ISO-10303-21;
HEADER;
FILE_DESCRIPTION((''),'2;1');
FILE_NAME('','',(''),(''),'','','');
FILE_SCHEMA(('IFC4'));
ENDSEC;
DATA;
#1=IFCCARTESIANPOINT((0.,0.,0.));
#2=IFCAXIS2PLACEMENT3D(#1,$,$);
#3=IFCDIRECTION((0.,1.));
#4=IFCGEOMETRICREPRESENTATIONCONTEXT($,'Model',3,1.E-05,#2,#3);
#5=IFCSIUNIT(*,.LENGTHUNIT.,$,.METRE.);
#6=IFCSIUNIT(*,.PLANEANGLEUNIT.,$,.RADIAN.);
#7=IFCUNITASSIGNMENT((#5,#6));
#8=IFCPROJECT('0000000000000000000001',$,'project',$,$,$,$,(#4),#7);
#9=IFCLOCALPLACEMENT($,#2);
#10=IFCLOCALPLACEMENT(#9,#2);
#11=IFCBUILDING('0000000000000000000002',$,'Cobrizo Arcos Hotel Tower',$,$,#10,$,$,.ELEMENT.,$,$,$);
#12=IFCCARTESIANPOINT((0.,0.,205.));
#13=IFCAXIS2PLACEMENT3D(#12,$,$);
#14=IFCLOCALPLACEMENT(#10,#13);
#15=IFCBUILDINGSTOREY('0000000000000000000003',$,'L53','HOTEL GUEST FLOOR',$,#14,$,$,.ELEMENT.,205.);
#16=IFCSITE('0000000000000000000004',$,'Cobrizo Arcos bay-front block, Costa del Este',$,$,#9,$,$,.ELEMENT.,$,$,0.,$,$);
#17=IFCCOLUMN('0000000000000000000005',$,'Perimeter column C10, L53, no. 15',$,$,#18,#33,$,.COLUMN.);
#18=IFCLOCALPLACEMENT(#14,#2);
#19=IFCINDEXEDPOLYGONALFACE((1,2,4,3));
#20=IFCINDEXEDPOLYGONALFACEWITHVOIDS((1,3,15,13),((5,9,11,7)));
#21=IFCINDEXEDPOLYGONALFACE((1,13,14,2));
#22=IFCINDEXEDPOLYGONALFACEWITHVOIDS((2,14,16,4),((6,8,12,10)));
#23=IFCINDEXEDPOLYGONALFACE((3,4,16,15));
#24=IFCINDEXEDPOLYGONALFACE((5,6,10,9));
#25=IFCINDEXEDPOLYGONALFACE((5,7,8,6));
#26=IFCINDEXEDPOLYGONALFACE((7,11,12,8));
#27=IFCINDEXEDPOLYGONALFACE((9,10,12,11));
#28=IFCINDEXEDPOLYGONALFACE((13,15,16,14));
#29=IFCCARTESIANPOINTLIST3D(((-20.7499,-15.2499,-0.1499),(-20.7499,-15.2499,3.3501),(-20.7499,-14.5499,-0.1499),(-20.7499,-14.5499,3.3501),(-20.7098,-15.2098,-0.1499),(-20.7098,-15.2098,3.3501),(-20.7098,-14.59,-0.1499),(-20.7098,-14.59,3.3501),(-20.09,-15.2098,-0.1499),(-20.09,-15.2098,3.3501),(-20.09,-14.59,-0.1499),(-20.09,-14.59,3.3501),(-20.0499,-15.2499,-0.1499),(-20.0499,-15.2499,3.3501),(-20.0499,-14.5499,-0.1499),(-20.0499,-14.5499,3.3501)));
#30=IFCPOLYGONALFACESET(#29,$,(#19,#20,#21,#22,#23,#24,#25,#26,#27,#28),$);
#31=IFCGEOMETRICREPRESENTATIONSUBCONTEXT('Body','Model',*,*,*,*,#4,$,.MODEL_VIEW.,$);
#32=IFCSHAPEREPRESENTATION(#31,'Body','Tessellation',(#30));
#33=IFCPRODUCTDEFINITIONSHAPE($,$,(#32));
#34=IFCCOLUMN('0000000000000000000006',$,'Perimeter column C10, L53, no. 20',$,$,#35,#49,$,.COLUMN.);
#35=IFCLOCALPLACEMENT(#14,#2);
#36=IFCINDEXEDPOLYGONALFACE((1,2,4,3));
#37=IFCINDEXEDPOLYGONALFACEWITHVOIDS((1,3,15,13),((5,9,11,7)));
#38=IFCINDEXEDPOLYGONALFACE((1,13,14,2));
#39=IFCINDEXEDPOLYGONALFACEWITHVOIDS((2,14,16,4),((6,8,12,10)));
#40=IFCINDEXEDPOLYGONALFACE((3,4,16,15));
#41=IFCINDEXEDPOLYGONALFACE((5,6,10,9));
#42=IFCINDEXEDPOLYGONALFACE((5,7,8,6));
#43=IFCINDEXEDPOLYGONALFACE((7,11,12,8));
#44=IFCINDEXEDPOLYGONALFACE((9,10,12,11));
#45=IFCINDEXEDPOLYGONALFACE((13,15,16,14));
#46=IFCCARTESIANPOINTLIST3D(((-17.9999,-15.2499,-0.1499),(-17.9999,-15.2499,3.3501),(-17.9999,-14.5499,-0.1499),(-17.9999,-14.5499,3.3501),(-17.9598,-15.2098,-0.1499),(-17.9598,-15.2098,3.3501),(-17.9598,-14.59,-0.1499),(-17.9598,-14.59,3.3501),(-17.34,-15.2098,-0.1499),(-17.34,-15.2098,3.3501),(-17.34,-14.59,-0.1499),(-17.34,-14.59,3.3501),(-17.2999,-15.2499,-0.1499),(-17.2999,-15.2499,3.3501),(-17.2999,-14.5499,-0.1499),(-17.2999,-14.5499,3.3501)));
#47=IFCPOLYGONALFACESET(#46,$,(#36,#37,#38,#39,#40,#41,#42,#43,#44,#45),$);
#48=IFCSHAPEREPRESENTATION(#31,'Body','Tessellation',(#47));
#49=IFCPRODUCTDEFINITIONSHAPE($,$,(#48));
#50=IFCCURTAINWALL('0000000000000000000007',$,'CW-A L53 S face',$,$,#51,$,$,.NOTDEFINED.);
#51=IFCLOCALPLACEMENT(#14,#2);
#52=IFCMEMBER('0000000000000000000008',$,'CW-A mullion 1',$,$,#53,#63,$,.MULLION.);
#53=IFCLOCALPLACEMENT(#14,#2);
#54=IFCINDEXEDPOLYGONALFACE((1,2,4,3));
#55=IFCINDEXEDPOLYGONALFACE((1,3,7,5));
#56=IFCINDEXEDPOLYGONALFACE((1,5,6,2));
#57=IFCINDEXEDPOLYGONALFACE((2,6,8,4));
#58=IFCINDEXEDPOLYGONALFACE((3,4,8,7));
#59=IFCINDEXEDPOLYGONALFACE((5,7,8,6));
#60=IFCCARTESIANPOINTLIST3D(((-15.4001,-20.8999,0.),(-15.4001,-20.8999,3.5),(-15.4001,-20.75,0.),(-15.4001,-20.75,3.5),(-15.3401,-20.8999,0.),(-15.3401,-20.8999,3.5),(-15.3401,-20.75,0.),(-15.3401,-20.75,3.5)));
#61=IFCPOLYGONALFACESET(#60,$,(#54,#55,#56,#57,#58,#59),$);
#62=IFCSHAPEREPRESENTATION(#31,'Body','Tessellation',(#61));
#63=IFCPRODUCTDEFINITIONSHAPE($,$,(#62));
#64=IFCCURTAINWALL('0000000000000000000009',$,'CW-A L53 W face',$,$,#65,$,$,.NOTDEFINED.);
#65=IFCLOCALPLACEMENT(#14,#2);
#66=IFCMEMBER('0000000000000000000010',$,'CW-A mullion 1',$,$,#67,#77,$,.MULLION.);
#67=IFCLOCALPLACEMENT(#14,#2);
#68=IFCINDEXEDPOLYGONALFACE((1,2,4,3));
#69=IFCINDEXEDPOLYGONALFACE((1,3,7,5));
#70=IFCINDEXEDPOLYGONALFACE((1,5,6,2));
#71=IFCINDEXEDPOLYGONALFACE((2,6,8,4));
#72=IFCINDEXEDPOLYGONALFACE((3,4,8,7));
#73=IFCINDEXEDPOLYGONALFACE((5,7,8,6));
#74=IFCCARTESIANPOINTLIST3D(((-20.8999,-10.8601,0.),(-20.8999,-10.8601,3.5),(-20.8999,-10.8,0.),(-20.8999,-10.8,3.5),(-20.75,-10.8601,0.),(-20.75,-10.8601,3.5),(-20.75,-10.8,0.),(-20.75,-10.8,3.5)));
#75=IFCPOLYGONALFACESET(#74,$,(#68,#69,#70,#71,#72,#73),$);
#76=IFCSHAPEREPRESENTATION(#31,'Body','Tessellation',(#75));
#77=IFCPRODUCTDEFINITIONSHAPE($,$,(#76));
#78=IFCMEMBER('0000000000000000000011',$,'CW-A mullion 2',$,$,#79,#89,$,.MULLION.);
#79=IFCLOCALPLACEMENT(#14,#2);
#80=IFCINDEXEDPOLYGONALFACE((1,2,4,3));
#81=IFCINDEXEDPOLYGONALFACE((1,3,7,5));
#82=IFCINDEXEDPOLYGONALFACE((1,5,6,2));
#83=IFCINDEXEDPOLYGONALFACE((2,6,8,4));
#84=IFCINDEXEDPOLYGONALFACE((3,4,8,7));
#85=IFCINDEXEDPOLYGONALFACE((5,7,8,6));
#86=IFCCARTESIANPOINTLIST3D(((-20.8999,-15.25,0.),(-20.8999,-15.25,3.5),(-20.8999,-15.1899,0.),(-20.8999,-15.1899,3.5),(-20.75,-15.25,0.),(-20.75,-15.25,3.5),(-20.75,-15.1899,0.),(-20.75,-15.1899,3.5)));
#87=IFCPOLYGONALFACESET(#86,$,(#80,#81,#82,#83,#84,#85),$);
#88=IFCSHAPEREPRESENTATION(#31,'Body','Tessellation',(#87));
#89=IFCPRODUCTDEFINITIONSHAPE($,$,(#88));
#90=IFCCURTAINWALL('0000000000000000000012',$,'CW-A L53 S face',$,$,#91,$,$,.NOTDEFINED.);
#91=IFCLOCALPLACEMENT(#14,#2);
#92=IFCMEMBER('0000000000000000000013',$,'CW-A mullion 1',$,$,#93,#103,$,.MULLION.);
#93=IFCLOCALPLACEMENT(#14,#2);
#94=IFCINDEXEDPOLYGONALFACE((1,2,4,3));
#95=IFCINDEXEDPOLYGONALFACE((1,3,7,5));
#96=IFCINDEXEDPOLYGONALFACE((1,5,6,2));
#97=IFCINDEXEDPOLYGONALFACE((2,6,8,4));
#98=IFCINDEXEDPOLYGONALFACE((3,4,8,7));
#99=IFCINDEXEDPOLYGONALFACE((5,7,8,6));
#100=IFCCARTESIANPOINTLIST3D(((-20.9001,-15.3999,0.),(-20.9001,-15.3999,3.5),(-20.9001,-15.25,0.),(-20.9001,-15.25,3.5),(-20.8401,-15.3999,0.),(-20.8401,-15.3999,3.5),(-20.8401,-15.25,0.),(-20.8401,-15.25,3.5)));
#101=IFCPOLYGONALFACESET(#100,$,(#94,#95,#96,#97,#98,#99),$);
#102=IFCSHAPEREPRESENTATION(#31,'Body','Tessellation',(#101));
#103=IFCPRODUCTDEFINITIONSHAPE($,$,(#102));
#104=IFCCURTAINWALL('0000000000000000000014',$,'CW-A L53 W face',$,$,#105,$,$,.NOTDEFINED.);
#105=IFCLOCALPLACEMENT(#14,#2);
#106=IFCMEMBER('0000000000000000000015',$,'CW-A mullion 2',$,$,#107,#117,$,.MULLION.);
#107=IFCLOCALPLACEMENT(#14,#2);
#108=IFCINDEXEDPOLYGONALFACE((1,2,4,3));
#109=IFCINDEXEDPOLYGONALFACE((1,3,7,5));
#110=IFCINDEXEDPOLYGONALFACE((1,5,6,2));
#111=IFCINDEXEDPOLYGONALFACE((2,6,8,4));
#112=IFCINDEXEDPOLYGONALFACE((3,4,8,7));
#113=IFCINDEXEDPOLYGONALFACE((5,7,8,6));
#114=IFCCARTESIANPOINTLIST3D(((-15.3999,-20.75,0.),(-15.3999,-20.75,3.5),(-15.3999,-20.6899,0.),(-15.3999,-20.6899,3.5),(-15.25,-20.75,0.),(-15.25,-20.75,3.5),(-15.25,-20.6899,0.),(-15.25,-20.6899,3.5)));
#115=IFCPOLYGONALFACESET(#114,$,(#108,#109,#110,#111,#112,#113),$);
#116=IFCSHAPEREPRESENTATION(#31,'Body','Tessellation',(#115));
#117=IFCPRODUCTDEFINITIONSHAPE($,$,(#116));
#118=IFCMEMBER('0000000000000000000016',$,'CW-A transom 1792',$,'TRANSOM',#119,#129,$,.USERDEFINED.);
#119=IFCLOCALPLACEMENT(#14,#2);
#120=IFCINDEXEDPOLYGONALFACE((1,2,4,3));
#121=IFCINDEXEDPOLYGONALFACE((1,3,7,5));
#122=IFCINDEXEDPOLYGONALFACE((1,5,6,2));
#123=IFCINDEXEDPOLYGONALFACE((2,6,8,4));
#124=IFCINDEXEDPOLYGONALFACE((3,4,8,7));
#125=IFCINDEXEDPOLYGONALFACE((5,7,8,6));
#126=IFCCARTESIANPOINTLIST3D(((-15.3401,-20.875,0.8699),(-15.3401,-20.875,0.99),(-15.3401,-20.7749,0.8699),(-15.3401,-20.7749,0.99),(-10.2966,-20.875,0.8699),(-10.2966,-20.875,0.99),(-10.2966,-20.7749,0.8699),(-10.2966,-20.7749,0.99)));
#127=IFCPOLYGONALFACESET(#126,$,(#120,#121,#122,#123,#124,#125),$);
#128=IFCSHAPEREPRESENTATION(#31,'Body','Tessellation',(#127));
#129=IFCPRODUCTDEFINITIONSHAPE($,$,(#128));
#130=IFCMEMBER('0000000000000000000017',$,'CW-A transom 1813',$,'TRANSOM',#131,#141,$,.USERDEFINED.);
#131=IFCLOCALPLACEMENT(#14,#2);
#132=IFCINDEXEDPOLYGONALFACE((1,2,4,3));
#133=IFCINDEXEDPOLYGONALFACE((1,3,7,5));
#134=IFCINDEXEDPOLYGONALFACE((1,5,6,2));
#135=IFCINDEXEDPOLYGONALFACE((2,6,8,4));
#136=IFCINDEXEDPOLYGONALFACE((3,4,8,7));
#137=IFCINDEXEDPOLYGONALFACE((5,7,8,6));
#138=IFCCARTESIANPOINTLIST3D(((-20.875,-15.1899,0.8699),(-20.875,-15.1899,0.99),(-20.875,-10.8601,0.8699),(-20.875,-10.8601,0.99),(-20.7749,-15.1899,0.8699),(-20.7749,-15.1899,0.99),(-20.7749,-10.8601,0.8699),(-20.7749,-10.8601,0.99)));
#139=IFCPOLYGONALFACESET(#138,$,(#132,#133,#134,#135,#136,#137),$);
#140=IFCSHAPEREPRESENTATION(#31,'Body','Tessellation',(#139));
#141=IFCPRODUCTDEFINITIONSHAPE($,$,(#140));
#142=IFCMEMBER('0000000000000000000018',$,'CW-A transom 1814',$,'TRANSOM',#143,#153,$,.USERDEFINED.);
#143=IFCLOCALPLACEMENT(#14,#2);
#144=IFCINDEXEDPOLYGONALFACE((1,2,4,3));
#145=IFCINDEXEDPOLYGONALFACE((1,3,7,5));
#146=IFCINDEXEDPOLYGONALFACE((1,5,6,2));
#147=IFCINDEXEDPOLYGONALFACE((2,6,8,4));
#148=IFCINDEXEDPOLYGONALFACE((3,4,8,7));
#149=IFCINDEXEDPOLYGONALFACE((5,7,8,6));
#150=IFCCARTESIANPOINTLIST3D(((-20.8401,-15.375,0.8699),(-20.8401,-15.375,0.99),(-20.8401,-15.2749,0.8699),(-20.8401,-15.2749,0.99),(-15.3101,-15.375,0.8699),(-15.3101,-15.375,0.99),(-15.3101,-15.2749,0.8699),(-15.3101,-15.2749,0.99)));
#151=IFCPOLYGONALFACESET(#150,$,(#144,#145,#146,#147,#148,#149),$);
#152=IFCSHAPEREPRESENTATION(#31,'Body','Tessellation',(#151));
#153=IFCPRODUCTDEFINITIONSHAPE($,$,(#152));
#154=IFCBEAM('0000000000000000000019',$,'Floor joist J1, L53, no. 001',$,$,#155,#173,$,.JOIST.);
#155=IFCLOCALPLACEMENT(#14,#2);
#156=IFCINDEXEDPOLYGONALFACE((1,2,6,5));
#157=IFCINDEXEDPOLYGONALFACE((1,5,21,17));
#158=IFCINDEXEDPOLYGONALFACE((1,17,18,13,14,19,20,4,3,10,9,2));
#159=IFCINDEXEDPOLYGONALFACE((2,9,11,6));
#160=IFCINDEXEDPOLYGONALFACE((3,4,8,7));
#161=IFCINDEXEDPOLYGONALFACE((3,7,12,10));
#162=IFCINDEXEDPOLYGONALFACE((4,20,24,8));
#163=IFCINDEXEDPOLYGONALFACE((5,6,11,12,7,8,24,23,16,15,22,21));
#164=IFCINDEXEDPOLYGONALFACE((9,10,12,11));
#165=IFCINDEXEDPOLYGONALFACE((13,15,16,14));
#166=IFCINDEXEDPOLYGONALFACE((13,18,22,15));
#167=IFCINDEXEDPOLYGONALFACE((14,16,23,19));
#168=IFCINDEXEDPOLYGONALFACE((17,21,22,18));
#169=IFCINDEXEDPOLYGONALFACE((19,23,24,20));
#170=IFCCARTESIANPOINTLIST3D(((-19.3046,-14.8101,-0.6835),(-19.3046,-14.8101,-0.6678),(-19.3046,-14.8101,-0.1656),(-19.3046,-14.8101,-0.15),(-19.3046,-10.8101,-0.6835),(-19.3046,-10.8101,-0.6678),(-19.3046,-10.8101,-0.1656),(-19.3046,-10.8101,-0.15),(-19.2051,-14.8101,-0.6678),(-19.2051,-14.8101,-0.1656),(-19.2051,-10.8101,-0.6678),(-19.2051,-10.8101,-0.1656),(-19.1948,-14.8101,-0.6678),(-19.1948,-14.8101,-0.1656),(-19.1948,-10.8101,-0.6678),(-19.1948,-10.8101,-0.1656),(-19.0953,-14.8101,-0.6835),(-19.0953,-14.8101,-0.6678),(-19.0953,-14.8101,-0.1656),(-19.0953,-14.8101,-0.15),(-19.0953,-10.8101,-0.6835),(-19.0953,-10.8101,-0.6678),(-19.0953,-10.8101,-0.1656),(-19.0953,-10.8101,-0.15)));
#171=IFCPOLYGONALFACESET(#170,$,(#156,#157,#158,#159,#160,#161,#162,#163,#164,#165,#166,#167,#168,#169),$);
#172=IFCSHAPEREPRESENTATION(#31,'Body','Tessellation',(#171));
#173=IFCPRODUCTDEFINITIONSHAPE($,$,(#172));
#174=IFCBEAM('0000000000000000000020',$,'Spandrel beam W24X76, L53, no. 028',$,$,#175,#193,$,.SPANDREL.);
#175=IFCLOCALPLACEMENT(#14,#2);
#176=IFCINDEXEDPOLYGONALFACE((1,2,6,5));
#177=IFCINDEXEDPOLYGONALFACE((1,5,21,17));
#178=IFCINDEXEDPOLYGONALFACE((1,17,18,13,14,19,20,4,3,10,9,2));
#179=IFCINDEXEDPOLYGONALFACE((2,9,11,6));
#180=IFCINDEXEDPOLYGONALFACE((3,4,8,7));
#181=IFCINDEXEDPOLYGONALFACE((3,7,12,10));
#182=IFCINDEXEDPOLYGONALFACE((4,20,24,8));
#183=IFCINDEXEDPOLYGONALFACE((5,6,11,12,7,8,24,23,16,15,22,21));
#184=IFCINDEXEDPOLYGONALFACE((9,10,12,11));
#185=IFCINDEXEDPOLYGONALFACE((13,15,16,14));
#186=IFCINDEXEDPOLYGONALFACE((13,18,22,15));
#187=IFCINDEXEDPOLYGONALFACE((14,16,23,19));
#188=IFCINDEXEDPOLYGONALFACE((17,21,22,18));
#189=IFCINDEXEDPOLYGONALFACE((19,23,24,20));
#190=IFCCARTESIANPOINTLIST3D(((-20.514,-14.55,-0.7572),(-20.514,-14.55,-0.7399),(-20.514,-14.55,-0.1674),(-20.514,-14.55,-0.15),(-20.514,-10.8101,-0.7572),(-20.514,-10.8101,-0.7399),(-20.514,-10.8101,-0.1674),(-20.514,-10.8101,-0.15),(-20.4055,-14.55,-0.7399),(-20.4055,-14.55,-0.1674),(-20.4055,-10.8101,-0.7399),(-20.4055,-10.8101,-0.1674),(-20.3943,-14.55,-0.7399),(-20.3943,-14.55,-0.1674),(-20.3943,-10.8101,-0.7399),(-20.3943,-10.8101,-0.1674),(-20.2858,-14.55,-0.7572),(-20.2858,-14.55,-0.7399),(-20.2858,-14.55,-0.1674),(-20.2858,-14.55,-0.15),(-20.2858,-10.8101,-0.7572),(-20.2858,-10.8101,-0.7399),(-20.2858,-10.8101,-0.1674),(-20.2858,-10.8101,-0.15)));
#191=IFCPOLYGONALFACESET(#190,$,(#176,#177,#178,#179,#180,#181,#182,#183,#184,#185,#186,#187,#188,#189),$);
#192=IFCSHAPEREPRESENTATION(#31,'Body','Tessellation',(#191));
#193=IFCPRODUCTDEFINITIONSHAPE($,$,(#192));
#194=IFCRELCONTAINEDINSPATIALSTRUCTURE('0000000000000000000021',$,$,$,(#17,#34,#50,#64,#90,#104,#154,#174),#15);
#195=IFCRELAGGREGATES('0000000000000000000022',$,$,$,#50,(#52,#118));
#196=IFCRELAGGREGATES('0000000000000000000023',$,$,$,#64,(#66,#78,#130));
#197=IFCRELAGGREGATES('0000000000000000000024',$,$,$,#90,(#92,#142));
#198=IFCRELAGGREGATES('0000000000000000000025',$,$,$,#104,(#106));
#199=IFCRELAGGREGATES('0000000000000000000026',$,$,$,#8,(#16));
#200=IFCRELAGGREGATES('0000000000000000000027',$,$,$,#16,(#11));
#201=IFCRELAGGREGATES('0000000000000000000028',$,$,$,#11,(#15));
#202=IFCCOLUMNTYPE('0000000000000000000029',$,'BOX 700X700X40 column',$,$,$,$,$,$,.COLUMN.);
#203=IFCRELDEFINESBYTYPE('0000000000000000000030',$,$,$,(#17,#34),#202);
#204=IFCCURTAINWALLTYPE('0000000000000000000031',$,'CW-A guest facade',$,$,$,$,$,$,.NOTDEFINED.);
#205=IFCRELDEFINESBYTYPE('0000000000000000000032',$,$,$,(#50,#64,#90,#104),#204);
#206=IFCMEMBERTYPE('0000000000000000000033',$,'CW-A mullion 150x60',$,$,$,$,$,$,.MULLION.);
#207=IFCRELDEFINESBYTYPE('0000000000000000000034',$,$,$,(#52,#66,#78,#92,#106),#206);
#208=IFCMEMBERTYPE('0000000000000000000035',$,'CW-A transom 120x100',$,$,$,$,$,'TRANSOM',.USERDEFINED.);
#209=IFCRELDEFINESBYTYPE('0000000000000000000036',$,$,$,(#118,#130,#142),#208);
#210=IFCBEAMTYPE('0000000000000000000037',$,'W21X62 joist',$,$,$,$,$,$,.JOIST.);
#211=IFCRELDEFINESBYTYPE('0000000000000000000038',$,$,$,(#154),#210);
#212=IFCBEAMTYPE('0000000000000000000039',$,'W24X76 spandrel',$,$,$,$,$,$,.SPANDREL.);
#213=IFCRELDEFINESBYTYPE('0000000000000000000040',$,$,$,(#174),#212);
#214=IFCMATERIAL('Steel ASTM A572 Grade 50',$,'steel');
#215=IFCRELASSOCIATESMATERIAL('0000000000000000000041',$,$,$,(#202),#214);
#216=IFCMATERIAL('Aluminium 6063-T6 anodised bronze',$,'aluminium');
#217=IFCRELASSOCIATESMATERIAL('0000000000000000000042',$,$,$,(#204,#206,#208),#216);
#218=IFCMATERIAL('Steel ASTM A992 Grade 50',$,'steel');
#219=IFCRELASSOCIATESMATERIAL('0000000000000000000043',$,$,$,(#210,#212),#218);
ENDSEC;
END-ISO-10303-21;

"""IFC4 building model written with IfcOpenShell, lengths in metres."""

from ifc_helpers import new_model, si_unit, direction, frame, origin, origin_2d, place, context, subcontext, project, spatial, rectangle, hollow_rectangle, i_section, extrude, material, material_profile, profile_set, type_object, element, aggregate, save


model = new_model("IFC4")

# Units and contexts
model_context = context("Model", 3, precision=1e-05, world=origin(), true_north=direction((0.0, 1.0)))
body_context = subcontext(model_context, "Body", "Model", "MODEL_VIEW")
ifc_project = project(units=[si_unit("LENGTHUNIT", "METRE"), si_unit("PLANEANGLEUNIT", "RADIAN")], contexts=[model_context])

# Site, building, storey
site_placement = place(None, origin())
site = spatial("IfcSite", under=ifc_project, at=site_placement, Name="Cobrizo Arcos bay-front block, Costa del Este", CompositionType="ELEMENT", RefElevation=0.0)
building_placement = place(site_placement, origin())
building = spatial("IfcBuilding", under=site, at=building_placement, Name="Cobrizo Arcos Hotel Tower", CompositionType="ELEMENT")
storey_placement = place(building_placement, frame((0.0, 0.0, 205.0)))
storey = spatial("IfcBuildingStorey", under=building, at=storey_placement, Name="L53", Description="HOTEL GUEST FLOOR", CompositionType="ELEMENT", Elevation=205.0)

# Columns
ifc_material_1 = material(Name="Steel ASTM A572 Grade 50", Category="steel")
ifc_material_profile_1 = material_profile(ifc_material_1, hollow_rectangle(XDim=0.7, YDim=0.7, WallThickness=0.04, at=origin_2d()), Name="BOX 700X700X40")
ifc_profile_set_1 = profile_set([ifc_material_profile_1], Name="Steel ASTM A572 Grade 50")
column_type = type_object("IfcColumnType", Name="BOX 700X700X40 column", PredefinedType="COLUMN", material=ifc_profile_set_1)
for number, where, z_axis, x_axis, name in (
    (1, (-20.3999, -14.8999, -0.1499), (0.0, 0.0, 1.0), (1.0, 0.0, 0.0), "Perimeter column C10, L53, no. 15"),
    (2, (-17.6499, -14.8999, -0.1499), (0.0, 0.0, 1.0), (1.0, 0.0, 0.0), "Perimeter column C10, L53, no. 20"),
):
    element("IfcColumn", number, at=place(storey_placement, frame(where, z_axis=z_axis, x_axis=x_axis)), inside=storey, type_object=column_type, Name=name, PredefinedType="COLUMN", context=body_context, shape_type="SweptSolid", body=[
        extrude(hollow_rectangle(XDim=0.7, YDim=0.7, WallThickness=0.04, at=origin_2d()), origin(), (0.0, 0.0, 1.0), 3.5),
    ])

# Curtain wall, member
ifc_material_2 = material(Name="Aluminium 6063-T6 anodised bronze", Category="aluminium")
curtain_wall_type = type_object("IfcCurtainWallType", Name="CW-A guest facade", PredefinedType="NOTDEFINED", material=ifc_material_2)
curtain_wall_1_placement = place(storey_placement, origin())
curtain_wall_1 = element("IfcCurtainWall", 3, at=curtain_wall_1_placement, inside=storey, type_object=curtain_wall_type, Name="CW-A L53 S face", PredefinedType="NOTDEFINED")
ifc_material_profile_2 = material_profile(ifc_material_2, rectangle(XDim=0.1499, YDim=0.0601, at=origin_2d()), Name="CW-A mullion 150x60")
ifc_profile_set_2 = profile_set([ifc_material_profile_2], Name="Aluminium 6063-T6 anodised bronze")
member_type_1 = type_object("IfcMemberType", Name="CW-A mullion 150x60", PredefinedType="MULLION", material=ifc_profile_set_2)
member_1_placement = place(storey_placement, frame((-15.3701, -20.825, 0.0), z_axis=(0.0, 0.0, 1.0), x_axis=(0.0, -1.0, 0.0)))
member_1 = element("IfcMember", 4, at=member_1_placement, type_object=member_type_1, Name="CW-A mullion 1", PredefinedType="MULLION", context=body_context, shape_type="SweptSolid", body=[
    extrude(rectangle(XDim=0.1499, YDim=0.0601, at=origin_2d()), origin(), (0.0, 0.0, 1.0), 3.5),
])

# Curtain wall, members
curtain_wall_2_placement = place(storey_placement, origin())
curtain_wall_2 = element("IfcCurtainWall", 5, at=curtain_wall_2_placement, inside=storey, type_object=curtain_wall_type, Name="CW-A L53 W face", PredefinedType="NOTDEFINED")
member_2_placement = place(storey_placement, frame((-20.825, -10.8301, 0.0), z_axis=(0.0, 0.0, 1.0), x_axis=(-1.0, 0.0, 0.0)))
member_2 = element("IfcMember", 6, at=member_2_placement, type_object=member_type_1, Name="CW-A mullion 1", PredefinedType="MULLION", context=body_context, shape_type="SweptSolid", body=[
    extrude(rectangle(XDim=0.1499, YDim=0.0601, at=origin_2d()), origin(), (0.0, 0.0, 1.0), 3.5),
])
member_3_placement = place(storey_placement, frame((-20.825, -15.22, 0.0), z_axis=(0.0, 0.0, 1.0), x_axis=(-1.0, 0.0, 0.0)))
member_3 = element("IfcMember", 7, at=member_3_placement, type_object=member_type_1, Name="CW-A mullion 2", PredefinedType="MULLION", context=body_context, shape_type="SweptSolid", body=[
    extrude(rectangle(XDim=0.1499, YDim=0.0601, at=origin_2d()), origin(), (0.0, 0.0, 1.0), 3.5),
])

# Curtain walls, members
curtain_wall_3_placement = place(storey_placement, origin())
curtain_wall_3 = element("IfcCurtainWall", 8, at=curtain_wall_3_placement, inside=storey, type_object=curtain_wall_type, Name="CW-A L53 S face", PredefinedType="NOTDEFINED")
member_4_placement = place(storey_placement, frame((-20.8701, -15.325, 0.0), z_axis=(0.0, 0.0, 1.0), x_axis=(0.0, -1.0, 0.0)))
member_4 = element("IfcMember", 9, at=member_4_placement, type_object=member_type_1, Name="CW-A mullion 1", PredefinedType="MULLION", context=body_context, shape_type="SweptSolid", body=[
    extrude(rectangle(XDim=0.1499, YDim=0.0601, at=origin_2d()), origin(), (0.0, 0.0, 1.0), 3.5),
])
curtain_wall_4_placement = place(storey_placement, origin())
curtain_wall_4 = element("IfcCurtainWall", 10, at=curtain_wall_4_placement, inside=storey, type_object=curtain_wall_type, Name="CW-A L53 W face", PredefinedType="NOTDEFINED")
member_5_placement = place(storey_placement, frame((-15.325, -20.72, 0.0), z_axis=(0.0, 0.0, 1.0), x_axis=(-1.0, 0.0, 0.0)))
member_5 = element("IfcMember", 11, at=member_5_placement, type_object=member_type_1, Name="CW-A mullion 2", PredefinedType="MULLION", context=body_context, shape_type="SweptSolid", body=[
    extrude(rectangle(XDim=0.1499, YDim=0.0601, at=origin_2d()), origin(), (0.0, 0.0, 1.0), 3.5),
])

# Members
ifc_material_profile_3 = material_profile(ifc_material_2, rectangle(XDim=0.1001, YDim=0.1201, at=origin_2d()), Name="CW-A transom 120x100")
ifc_profile_set_3 = profile_set([ifc_material_profile_3], Name="Aluminium 6063-T6 anodised bronze")
member_type_2 = type_object("IfcMemberType", Name="CW-A transom 120x100", ElementType="TRANSOM", PredefinedType="USERDEFINED", material=ifc_profile_set_3)
member_6_placement = place(storey_placement, frame((-15.3401, -20.825, 0.9299), z_axis=(1.0, 0.0, 0.0), x_axis=(0.0, 1.0, 0.0)))
member_6 = element("IfcMember", 12, at=member_6_placement, type_object=member_type_2, Name="CW-A transom 1792", ObjectType="TRANSOM", PredefinedType="USERDEFINED", context=body_context, shape_type="SweptSolid", body=[
    extrude(rectangle(XDim=0.1001, YDim=0.1201, at=origin_2d()), origin(), (0.0, 0.0, 1.0), 5.0435),
])
aggregate(curtain_wall_1, [member_1, member_6])
member_7_placement = place(storey_placement, frame((-20.825, -10.8601, 0.9299), z_axis=(0.0, -1.0, 0.0), x_axis=(1.0, 0.0, 0.0)))
member_7 = element("IfcMember", 13, at=member_7_placement, type_object=member_type_2, Name="CW-A transom 1813", ObjectType="TRANSOM", PredefinedType="USERDEFINED", context=body_context, shape_type="SweptSolid", body=[
    extrude(rectangle(XDim=0.1001, YDim=0.1201, at=origin_2d()), origin(), (0.0, 0.0, 1.0), 4.3298),
])
member_8_placement = place(storey_placement, frame((-20.8401, -15.325, 0.9299), z_axis=(1.0, 0.0, 0.0), x_axis=(0.0, 1.0, 0.0)))
member_8 = element("IfcMember", 14, at=member_8_placement, type_object=member_type_2, Name="CW-A transom 1814", ObjectType="TRANSOM", PredefinedType="USERDEFINED", context=body_context, shape_type="SweptSolid", body=[
    extrude(rectangle(XDim=0.1001, YDim=0.1201, at=origin_2d()), origin(), (0.0, 0.0, 1.0), 5.53),
])

# Beams
ifc_material_3 = material(Name="Steel ASTM A992 Grade 50", Category="steel")
ifc_material_profile_4 = material_profile(ifc_material_3, i_section(OverallWidth=0.2092, OverallDepth=0.5334, WebThickness=0.0103, FlangeThickness=0.0156, at=origin_2d()), Name="W21X62")
ifc_profile_set_4 = profile_set([ifc_material_profile_4], Name="Steel ASTM A992 Grade 50")
beam_type_1 = type_object("IfcBeamType", Name="W21X62 joist", PredefinedType="JOIST", material=ifc_profile_set_4)
beam_1_placement = place(storey_placement, frame((-19.2, -14.8101, -0.4167), z_axis=(0.0, 1.0, 0.0), x_axis=(-1.0, 0.0, 0.0)))
element("IfcBeam", 15, at=beam_1_placement, inside=storey, type_object=beam_type_1, Name="Floor joist J1, L53, no. 001", PredefinedType="JOIST", context=body_context, shape_type="SweptSolid", body=[
    extrude(i_section(OverallWidth=0.2092, OverallDepth=0.5334, WebThickness=0.0103, FlangeThickness=0.0156, at=origin_2d()), origin(), (0.0, 0.0, 1.0), 4.0),
])
ifc_material_profile_5 = material_profile(ifc_material_3, i_section(OverallWidth=0.2283, OverallDepth=0.6072, WebThickness=0.0112, FlangeThickness=0.0173, at=origin_2d()), Name="W24X76")
ifc_profile_set_5 = profile_set([ifc_material_profile_5], Name="Steel ASTM A992 Grade 50")
beam_type_2 = type_object("IfcBeamType", Name="W24X76 spandrel", PredefinedType="SPANDREL", material=ifc_profile_set_5)
beam_2_placement = place(storey_placement, frame((-20.3999, -10.8101, -0.4536), z_axis=(0.0, -1.0, 0.0), x_axis=(1.0, 0.0, 0.0)))
element("IfcBeam", 16, at=beam_2_placement, inside=storey, type_object=beam_type_2, Name="Spandrel beam W24X76, L53, no. 028", PredefinedType="SPANDREL", context=body_context, shape_type="SweptSolid", body=[
    extrude(i_section(OverallWidth=0.2283, OverallDepth=0.6072, WebThickness=0.0112, FlangeThickness=0.0173, at=origin_2d()), origin(), (0.0, 0.0, 1.0), 3.74),
])

aggregate(curtain_wall_2, [member_2, member_3, member_7])
aggregate(curtain_wall_3, [member_4, member_8])
aggregate(curtain_wall_4, [member_5])

save(model, "model.ifc")
